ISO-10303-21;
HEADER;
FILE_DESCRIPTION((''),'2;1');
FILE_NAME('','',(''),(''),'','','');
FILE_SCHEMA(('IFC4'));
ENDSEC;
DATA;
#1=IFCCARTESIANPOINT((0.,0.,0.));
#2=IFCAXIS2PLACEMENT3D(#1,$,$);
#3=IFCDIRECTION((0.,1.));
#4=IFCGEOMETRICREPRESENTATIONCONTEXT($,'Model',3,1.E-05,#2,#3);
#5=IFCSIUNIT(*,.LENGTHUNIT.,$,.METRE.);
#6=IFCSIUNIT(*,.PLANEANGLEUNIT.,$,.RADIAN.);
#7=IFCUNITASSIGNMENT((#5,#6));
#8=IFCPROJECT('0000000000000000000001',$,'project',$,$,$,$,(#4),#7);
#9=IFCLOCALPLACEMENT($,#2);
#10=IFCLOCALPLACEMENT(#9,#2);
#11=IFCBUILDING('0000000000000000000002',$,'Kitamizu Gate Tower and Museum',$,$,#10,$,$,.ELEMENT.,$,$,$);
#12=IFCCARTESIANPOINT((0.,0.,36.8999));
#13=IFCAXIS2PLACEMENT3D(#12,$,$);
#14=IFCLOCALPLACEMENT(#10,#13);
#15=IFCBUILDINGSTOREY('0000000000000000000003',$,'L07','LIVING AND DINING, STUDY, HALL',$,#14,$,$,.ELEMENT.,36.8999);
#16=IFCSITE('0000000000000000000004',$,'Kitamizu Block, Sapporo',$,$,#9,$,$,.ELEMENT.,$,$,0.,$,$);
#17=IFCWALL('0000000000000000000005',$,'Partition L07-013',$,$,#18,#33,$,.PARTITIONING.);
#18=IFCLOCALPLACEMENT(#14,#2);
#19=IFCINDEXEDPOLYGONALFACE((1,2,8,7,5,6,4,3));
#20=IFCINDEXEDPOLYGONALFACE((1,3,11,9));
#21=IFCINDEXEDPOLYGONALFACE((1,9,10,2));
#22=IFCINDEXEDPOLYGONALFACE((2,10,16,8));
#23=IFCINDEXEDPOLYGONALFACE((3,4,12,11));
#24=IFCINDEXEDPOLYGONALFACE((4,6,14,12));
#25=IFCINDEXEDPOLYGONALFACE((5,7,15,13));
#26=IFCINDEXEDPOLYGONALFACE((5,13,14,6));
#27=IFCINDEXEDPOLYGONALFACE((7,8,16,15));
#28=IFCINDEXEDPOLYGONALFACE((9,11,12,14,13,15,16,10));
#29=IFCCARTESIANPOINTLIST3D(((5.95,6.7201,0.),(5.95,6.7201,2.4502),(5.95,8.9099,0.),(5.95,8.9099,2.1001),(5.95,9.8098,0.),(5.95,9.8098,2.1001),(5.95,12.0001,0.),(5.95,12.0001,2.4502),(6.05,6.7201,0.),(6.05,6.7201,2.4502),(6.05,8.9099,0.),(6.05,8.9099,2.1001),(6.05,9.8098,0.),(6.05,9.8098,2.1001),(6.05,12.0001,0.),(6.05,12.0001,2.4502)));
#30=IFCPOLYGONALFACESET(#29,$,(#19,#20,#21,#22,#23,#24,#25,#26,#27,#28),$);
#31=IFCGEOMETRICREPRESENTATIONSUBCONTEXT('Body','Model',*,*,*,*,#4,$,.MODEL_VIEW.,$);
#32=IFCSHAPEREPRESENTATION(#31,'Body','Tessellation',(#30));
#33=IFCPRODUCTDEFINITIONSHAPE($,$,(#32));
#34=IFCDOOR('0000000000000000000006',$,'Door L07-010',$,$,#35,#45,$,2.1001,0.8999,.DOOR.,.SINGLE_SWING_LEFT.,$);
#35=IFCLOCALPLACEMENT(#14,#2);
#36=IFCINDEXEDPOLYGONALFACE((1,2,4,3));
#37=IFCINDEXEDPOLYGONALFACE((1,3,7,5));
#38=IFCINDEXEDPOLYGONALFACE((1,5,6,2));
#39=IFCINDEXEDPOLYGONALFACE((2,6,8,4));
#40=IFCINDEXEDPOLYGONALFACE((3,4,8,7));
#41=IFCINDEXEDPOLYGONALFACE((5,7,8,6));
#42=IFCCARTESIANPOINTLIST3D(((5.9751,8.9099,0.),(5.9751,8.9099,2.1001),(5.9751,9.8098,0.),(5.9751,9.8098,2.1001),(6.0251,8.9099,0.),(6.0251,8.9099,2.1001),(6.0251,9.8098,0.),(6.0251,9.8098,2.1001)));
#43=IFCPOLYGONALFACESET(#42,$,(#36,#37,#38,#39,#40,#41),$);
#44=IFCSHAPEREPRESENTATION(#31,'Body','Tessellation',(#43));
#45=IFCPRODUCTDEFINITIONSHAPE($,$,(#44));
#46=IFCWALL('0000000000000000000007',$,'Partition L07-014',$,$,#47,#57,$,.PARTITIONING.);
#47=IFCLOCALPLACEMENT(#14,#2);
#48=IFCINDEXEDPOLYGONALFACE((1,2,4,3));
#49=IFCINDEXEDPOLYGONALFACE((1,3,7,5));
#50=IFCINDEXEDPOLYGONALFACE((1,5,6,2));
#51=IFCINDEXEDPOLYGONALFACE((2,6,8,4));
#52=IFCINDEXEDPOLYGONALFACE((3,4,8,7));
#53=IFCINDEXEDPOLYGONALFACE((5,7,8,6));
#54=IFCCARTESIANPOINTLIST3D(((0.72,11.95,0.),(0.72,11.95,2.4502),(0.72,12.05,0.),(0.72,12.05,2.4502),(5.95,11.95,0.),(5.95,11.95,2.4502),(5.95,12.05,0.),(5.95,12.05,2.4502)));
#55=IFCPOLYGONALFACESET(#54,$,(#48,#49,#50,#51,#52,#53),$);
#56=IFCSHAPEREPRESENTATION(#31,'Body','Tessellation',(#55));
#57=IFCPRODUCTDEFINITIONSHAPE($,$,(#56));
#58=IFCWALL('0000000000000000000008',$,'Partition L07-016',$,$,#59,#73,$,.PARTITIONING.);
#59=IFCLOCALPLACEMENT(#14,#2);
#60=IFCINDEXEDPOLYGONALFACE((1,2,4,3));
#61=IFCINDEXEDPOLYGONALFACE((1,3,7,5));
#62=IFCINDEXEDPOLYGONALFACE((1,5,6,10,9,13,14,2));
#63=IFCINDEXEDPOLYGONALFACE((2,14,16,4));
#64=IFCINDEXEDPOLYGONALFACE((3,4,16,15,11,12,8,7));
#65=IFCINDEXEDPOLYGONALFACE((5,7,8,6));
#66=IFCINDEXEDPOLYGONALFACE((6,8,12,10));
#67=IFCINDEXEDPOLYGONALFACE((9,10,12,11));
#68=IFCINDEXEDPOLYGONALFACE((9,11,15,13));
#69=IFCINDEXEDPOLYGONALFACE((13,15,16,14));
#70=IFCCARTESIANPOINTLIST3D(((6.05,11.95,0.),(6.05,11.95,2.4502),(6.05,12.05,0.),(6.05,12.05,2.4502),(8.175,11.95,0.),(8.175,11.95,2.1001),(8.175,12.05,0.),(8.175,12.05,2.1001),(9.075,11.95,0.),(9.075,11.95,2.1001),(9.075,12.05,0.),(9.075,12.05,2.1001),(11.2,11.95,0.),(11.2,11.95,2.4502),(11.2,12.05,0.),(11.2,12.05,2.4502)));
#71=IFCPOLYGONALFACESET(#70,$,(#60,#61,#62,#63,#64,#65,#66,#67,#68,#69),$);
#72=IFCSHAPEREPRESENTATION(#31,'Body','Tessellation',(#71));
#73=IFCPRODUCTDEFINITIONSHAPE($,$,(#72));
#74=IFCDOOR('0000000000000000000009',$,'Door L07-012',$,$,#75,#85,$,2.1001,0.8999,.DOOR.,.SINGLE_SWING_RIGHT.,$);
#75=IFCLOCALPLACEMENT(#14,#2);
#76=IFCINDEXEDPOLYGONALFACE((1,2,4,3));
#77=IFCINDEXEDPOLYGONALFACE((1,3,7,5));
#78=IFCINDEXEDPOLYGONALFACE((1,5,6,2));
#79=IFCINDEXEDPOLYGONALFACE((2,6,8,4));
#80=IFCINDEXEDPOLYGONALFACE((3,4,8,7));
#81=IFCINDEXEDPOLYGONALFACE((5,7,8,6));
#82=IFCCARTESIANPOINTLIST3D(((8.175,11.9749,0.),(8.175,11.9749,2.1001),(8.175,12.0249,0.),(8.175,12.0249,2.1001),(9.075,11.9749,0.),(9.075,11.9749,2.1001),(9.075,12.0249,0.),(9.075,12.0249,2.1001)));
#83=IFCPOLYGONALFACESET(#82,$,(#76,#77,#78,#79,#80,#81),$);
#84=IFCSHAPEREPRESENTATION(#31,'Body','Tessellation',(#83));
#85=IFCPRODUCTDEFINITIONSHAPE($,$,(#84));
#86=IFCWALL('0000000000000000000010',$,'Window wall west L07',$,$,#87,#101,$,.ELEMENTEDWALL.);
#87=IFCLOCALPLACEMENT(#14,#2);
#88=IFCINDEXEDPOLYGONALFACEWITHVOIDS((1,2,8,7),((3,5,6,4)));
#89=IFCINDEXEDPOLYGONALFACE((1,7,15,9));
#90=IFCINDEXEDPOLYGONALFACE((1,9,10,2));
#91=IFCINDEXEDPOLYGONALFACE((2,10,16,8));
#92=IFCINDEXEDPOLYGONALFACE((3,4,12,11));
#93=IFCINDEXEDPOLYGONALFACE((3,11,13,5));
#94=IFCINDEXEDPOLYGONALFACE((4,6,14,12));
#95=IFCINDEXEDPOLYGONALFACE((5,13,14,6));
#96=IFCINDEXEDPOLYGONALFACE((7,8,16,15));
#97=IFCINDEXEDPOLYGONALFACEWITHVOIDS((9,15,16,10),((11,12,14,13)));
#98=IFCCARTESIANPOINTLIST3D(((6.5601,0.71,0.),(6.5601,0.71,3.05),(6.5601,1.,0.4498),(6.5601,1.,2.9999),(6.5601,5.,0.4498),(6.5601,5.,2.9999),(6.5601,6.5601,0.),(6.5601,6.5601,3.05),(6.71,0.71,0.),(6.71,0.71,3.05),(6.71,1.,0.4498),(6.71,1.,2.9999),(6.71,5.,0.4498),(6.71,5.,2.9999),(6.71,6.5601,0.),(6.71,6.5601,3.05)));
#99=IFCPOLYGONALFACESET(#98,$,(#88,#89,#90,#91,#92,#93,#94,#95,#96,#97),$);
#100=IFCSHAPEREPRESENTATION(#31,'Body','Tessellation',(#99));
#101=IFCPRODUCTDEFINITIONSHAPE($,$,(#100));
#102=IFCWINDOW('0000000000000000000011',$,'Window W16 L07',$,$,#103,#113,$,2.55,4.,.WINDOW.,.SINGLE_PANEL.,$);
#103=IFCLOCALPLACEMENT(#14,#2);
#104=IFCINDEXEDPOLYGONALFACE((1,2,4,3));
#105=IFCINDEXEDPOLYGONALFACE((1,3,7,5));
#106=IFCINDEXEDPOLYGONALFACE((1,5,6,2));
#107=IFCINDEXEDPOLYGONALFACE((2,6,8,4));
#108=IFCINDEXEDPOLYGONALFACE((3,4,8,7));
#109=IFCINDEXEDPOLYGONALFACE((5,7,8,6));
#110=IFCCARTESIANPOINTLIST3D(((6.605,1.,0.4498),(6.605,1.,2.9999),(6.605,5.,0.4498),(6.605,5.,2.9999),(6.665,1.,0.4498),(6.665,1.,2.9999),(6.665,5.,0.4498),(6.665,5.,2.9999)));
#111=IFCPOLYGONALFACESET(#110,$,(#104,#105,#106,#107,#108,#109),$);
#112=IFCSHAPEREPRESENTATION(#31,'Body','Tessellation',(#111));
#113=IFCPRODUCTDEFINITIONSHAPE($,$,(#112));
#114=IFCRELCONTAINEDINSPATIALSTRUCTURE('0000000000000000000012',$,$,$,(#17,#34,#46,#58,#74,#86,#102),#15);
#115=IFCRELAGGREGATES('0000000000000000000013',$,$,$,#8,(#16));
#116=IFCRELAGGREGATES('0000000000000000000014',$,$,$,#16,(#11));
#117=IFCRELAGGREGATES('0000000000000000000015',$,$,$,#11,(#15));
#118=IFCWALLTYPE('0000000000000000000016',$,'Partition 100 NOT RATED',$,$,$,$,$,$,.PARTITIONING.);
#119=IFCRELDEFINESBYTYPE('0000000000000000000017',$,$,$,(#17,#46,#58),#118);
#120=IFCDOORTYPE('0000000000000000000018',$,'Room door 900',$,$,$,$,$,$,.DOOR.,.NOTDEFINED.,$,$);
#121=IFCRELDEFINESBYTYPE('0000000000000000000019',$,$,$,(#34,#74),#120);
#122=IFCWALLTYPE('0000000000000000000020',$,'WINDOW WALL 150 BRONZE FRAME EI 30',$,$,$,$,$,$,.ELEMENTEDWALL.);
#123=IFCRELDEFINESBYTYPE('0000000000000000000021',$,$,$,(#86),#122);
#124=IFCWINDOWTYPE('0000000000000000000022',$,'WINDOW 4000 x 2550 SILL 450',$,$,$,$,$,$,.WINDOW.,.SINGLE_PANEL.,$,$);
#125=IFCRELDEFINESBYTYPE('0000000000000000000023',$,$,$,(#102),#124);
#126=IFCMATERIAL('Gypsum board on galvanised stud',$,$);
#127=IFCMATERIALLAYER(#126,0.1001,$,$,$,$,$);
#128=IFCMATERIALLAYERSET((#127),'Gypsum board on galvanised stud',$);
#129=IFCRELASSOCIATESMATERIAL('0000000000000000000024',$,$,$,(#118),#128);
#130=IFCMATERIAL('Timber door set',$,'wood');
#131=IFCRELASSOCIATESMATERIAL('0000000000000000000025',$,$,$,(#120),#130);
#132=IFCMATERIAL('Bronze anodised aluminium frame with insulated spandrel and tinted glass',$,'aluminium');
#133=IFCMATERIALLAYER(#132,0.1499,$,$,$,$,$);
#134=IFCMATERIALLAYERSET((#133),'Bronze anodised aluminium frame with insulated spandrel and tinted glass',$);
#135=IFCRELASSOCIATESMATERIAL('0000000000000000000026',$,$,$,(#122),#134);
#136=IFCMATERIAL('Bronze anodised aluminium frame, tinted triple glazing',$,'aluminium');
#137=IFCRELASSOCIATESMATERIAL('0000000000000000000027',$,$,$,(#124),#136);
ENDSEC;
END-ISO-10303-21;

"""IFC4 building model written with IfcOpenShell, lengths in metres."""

from ifc_helpers import new_model, si_unit, direction, frame, frame_2d, origin, place, context, subcontext, project, spatial, rectangle, extrude, material, layer, layer_set, type_object, element, fill, save


model = new_model("IFC4")

# Units and contexts
model_context = context("Model", 3, precision=1e-05, world=origin(), true_north=direction((0.0, 1.0)))
body_context = subcontext(model_context, "Body", "Model", "MODEL_VIEW")
ifc_project = project(units=[si_unit("LENGTHUNIT", "METRE"), si_unit("PLANEANGLEUNIT", "RADIAN")], contexts=[model_context])

# Site, building, storey
site_placement = place(None, origin())
site = spatial("IfcSite", under=ifc_project, at=site_placement, Name="Kitamizu Block, Sapporo", CompositionType="ELEMENT", RefElevation=0.0)
building_placement = place(site_placement, origin())
building = spatial("IfcBuilding", under=site, at=building_placement, Name="Kitamizu Gate Tower and Museum", CompositionType="ELEMENT")
storey_placement = place(building_placement, frame((0.0, 0.0, 36.8999)))
storey = spatial("IfcBuildingStorey", under=building, at=storey_placement, Name="L07", Description="LIVING AND DINING, STUDY, HALL", CompositionType="ELEMENT", Elevation=36.8999)

# Shared definitions
ifc_material_1 = material(Name="Gypsum board on galvanised stud")
ifc_layer_1 = layer(ifc_material_1, 0.1001)
ifc_layer_set_1 = layer_set([ifc_layer_1], Name="Gypsum board on galvanised stud")
wall_type_1 = type_object("IfcWallType", Name="Partition 100 NOT RATED", PredefinedType="PARTITIONING", material=ifc_layer_set_1)

# Wall, opening, door
ifc_material_2 = material(Name="Timber door set", Category="wood")
door_type = type_object("IfcDoorType", Name="Room door 900", OperationType="NOTDEFINED", PredefinedType="DOOR", material=ifc_material_2)
wall_1_placement = place(storey_placement, frame((6.0, 6.72, 0.0), z_axis=(0.0, 0.0, 1.0), x_axis=(0.0, 1.0, 0.0)))
wall_1 = element("IfcWall", 1, at=wall_1_placement, inside=storey, type_object=wall_type_1, Name="Partition L07-013", PredefinedType="PARTITIONING", context=body_context, shape_type="SweptSolid", body=[
    extrude(rectangle(XDim=5.28, YDim=0.1001, at=frame_2d((2.6401, 0.0))), origin(), (0.0, 0.0, 1.0), 2.4502),
])
opening_1_placement = place(wall_1_placement, frame((2.1899, 0.0, 0.0)))
opening_1 = element("IfcOpeningElement", 2, at=opening_1_placement, cuts=wall_1, PredefinedType="OPENING", context=body_context, shape_type="SweptSolid", body=[
    extrude(rectangle(XDim=0.8999, YDim=2.1001, at=frame_2d((0.45, 1.05))), frame((0.0, 0.0601, 0.0), z_axis=(0.0, -1.0, 0.0), x_axis=(1.0, 0.0, 0.0)), (0.0, 0.0, 1.0), 0.1201),
])
door_1_placement = place(opening_1_placement, origin())
door_1 = element("IfcDoor", 3, at=door_1_placement, inside=storey, type_object=door_type, Name="Door L07-010", OperationType="SINGLE_SWING_LEFT", OverallHeight=2.1001, OverallWidth=0.8999, PredefinedType="DOOR", context=body_context, shape_type="SweptSolid", body=[
    extrude(rectangle(XDim=0.8999, YDim=2.1001, at=frame_2d((0.45, 1.05))), frame((0.0, 0.0249, 0.0), z_axis=(0.0, -1.0, 0.0), x_axis=(1.0, 0.0, 0.0)), (0.0, 0.0, 1.0), 0.05),
])
fill(opening_1, door_1)

# Wall
wall_2_placement = place(storey_placement, frame((5.95, 12.0, 0.0), z_axis=(0.0, 0.0, 1.0), x_axis=(-1.0, 0.0, 0.0)))
element("IfcWall", 4, at=wall_2_placement, inside=storey, type_object=wall_type_1, Name="Partition L07-014", PredefinedType="PARTITIONING", context=body_context, shape_type="SweptSolid", body=[
    extrude(rectangle(XDim=5.23, YDim=0.1001, at=frame_2d((2.615, 0.0))), origin(), (0.0, 0.0, 1.0), 2.4502),
])

# Wall, opening, door
wall_3_placement = place(storey_placement, frame((11.2, 12.0, 0.0), z_axis=(0.0, 0.0, 1.0), x_axis=(-1.0, 0.0, 0.0)))
wall_3 = element("IfcWall", 5, at=wall_3_placement, inside=storey, type_object=wall_type_1, Name="Partition L07-016", PredefinedType="PARTITIONING", context=body_context, shape_type="SweptSolid", body=[
    extrude(rectangle(XDim=5.1499, YDim=0.1001, at=frame_2d((2.575, 0.0))), origin(), (0.0, 0.0, 1.0), 2.4502),
])
opening_2_placement = place(wall_3_placement, frame((2.125, 0.0, 0.0)))
opening_2 = element("IfcOpeningElement", 6, at=opening_2_placement, cuts=wall_3, PredefinedType="OPENING", context=body_context, shape_type="SweptSolid", body=[
    extrude(rectangle(XDim=0.8999, YDim=2.1001, at=frame_2d((0.45, 1.05))), frame((0.0, 0.0601, 0.0), z_axis=(0.0, -1.0, 0.0), x_axis=(1.0, 0.0, 0.0)), (0.0, 0.0, 1.0), 0.1201),
])
door_2_placement = place(opening_2_placement, frame((0.8999, 0.0, 0.0), x_axis=(-1.0, 0.0, 0.0)))
door_2 = element("IfcDoor", 7, at=door_2_placement, inside=storey, type_object=door_type, Name="Door L07-012", OperationType="SINGLE_SWING_RIGHT", OverallHeight=2.1001, OverallWidth=0.8999, PredefinedType="DOOR", context=body_context, shape_type="SweptSolid", body=[
    extrude(rectangle(XDim=0.8999, YDim=2.1001, at=frame_2d((0.45, 1.05))), frame((0.0, 0.0249, 0.0), z_axis=(0.0, -1.0, 0.0), x_axis=(1.0, 0.0, 0.0)), (0.0, 0.0, 1.0), 0.05),
])
fill(opening_2, door_2)

# Shared definitions
ifc_material_3 = material(Name="Bronze anodised aluminium frame with insulated spandrel and tinted glass", Category="aluminium")
ifc_layer_2 = layer(ifc_material_3, 0.1499)
ifc_layer_set_2 = layer_set([ifc_layer_2], Name="Bronze anodised aluminium frame with insulated spandrel and tinted glass")
wall_type_2 = type_object("IfcWallType", Name="WINDOW WALL 150 BRONZE FRAME EI 30", PredefinedType="ELEMENTEDWALL", material=ifc_layer_set_2)

# Wall, opening, window
wall_4_placement = place(storey_placement, frame((6.635, 0.71, 0.0), z_axis=(0.0, 0.0, 1.0), x_axis=(0.0, 1.0, 0.0)))
wall_4 = element("IfcWall", 8, at=wall_4_placement, inside=storey, type_object=wall_type_2, Name="Window wall west L07", PredefinedType="ELEMENTEDWALL", context=body_context, shape_type="SweptSolid", body=[
    extrude(rectangle(XDim=5.8501, YDim=0.1499, at=frame_2d((2.925, 0.0))), origin(), (0.0, 0.0, 1.0), 3.05),
])
opening_3_placement = place(wall_4_placement, frame((0.29, 0.0, 0.45)))
opening_3 = element("IfcOpeningElement", 9, at=opening_3_placement, cuts=wall_4, PredefinedType="OPENING", context=body_context, shape_type="SweptSolid", body=[
    extrude(rectangle(XDim=4.0, YDim=2.55, at=frame_2d((2.0, 1.2749))), frame((0.0, 0.085, 0.0), z_axis=(0.0, -1.0, 0.0), x_axis=(1.0, 0.0, 0.0)), (0.0, 0.0, 1.0), 0.1699),
])
ifc_material_4 = material(Name="Bronze anodised aluminium frame, tinted triple glazing", Category="aluminium")
window_type_1 = type_object("IfcWindowType", Name="WINDOW 4000 x 2550 SILL 450", PartitioningType="SINGLE_PANEL", PredefinedType="WINDOW", material=ifc_material_4)
window_1_placement = place(opening_3_placement, origin())
window_1 = element("IfcWindow", 10, at=window_1_placement, inside=storey, type_object=window_type_1, Name="Window W16 L07", OverallHeight=2.55, OverallWidth=4.0, PartitioningType="SINGLE_PANEL", PredefinedType="WINDOW", context=body_context, shape_type="SweptSolid", body=[
    extrude(rectangle(XDim=4.0, YDim=2.55, at=frame_2d((2.0, 1.2749))), frame((0.0, 0.03, 0.0), z_axis=(0.0, -1.0, 0.0), x_axis=(1.0, 0.0, 0.0)), (0.0, 0.0, 1.0), 0.0601),
])
fill(opening_3, window_1)

save(model, "model.ifc")
